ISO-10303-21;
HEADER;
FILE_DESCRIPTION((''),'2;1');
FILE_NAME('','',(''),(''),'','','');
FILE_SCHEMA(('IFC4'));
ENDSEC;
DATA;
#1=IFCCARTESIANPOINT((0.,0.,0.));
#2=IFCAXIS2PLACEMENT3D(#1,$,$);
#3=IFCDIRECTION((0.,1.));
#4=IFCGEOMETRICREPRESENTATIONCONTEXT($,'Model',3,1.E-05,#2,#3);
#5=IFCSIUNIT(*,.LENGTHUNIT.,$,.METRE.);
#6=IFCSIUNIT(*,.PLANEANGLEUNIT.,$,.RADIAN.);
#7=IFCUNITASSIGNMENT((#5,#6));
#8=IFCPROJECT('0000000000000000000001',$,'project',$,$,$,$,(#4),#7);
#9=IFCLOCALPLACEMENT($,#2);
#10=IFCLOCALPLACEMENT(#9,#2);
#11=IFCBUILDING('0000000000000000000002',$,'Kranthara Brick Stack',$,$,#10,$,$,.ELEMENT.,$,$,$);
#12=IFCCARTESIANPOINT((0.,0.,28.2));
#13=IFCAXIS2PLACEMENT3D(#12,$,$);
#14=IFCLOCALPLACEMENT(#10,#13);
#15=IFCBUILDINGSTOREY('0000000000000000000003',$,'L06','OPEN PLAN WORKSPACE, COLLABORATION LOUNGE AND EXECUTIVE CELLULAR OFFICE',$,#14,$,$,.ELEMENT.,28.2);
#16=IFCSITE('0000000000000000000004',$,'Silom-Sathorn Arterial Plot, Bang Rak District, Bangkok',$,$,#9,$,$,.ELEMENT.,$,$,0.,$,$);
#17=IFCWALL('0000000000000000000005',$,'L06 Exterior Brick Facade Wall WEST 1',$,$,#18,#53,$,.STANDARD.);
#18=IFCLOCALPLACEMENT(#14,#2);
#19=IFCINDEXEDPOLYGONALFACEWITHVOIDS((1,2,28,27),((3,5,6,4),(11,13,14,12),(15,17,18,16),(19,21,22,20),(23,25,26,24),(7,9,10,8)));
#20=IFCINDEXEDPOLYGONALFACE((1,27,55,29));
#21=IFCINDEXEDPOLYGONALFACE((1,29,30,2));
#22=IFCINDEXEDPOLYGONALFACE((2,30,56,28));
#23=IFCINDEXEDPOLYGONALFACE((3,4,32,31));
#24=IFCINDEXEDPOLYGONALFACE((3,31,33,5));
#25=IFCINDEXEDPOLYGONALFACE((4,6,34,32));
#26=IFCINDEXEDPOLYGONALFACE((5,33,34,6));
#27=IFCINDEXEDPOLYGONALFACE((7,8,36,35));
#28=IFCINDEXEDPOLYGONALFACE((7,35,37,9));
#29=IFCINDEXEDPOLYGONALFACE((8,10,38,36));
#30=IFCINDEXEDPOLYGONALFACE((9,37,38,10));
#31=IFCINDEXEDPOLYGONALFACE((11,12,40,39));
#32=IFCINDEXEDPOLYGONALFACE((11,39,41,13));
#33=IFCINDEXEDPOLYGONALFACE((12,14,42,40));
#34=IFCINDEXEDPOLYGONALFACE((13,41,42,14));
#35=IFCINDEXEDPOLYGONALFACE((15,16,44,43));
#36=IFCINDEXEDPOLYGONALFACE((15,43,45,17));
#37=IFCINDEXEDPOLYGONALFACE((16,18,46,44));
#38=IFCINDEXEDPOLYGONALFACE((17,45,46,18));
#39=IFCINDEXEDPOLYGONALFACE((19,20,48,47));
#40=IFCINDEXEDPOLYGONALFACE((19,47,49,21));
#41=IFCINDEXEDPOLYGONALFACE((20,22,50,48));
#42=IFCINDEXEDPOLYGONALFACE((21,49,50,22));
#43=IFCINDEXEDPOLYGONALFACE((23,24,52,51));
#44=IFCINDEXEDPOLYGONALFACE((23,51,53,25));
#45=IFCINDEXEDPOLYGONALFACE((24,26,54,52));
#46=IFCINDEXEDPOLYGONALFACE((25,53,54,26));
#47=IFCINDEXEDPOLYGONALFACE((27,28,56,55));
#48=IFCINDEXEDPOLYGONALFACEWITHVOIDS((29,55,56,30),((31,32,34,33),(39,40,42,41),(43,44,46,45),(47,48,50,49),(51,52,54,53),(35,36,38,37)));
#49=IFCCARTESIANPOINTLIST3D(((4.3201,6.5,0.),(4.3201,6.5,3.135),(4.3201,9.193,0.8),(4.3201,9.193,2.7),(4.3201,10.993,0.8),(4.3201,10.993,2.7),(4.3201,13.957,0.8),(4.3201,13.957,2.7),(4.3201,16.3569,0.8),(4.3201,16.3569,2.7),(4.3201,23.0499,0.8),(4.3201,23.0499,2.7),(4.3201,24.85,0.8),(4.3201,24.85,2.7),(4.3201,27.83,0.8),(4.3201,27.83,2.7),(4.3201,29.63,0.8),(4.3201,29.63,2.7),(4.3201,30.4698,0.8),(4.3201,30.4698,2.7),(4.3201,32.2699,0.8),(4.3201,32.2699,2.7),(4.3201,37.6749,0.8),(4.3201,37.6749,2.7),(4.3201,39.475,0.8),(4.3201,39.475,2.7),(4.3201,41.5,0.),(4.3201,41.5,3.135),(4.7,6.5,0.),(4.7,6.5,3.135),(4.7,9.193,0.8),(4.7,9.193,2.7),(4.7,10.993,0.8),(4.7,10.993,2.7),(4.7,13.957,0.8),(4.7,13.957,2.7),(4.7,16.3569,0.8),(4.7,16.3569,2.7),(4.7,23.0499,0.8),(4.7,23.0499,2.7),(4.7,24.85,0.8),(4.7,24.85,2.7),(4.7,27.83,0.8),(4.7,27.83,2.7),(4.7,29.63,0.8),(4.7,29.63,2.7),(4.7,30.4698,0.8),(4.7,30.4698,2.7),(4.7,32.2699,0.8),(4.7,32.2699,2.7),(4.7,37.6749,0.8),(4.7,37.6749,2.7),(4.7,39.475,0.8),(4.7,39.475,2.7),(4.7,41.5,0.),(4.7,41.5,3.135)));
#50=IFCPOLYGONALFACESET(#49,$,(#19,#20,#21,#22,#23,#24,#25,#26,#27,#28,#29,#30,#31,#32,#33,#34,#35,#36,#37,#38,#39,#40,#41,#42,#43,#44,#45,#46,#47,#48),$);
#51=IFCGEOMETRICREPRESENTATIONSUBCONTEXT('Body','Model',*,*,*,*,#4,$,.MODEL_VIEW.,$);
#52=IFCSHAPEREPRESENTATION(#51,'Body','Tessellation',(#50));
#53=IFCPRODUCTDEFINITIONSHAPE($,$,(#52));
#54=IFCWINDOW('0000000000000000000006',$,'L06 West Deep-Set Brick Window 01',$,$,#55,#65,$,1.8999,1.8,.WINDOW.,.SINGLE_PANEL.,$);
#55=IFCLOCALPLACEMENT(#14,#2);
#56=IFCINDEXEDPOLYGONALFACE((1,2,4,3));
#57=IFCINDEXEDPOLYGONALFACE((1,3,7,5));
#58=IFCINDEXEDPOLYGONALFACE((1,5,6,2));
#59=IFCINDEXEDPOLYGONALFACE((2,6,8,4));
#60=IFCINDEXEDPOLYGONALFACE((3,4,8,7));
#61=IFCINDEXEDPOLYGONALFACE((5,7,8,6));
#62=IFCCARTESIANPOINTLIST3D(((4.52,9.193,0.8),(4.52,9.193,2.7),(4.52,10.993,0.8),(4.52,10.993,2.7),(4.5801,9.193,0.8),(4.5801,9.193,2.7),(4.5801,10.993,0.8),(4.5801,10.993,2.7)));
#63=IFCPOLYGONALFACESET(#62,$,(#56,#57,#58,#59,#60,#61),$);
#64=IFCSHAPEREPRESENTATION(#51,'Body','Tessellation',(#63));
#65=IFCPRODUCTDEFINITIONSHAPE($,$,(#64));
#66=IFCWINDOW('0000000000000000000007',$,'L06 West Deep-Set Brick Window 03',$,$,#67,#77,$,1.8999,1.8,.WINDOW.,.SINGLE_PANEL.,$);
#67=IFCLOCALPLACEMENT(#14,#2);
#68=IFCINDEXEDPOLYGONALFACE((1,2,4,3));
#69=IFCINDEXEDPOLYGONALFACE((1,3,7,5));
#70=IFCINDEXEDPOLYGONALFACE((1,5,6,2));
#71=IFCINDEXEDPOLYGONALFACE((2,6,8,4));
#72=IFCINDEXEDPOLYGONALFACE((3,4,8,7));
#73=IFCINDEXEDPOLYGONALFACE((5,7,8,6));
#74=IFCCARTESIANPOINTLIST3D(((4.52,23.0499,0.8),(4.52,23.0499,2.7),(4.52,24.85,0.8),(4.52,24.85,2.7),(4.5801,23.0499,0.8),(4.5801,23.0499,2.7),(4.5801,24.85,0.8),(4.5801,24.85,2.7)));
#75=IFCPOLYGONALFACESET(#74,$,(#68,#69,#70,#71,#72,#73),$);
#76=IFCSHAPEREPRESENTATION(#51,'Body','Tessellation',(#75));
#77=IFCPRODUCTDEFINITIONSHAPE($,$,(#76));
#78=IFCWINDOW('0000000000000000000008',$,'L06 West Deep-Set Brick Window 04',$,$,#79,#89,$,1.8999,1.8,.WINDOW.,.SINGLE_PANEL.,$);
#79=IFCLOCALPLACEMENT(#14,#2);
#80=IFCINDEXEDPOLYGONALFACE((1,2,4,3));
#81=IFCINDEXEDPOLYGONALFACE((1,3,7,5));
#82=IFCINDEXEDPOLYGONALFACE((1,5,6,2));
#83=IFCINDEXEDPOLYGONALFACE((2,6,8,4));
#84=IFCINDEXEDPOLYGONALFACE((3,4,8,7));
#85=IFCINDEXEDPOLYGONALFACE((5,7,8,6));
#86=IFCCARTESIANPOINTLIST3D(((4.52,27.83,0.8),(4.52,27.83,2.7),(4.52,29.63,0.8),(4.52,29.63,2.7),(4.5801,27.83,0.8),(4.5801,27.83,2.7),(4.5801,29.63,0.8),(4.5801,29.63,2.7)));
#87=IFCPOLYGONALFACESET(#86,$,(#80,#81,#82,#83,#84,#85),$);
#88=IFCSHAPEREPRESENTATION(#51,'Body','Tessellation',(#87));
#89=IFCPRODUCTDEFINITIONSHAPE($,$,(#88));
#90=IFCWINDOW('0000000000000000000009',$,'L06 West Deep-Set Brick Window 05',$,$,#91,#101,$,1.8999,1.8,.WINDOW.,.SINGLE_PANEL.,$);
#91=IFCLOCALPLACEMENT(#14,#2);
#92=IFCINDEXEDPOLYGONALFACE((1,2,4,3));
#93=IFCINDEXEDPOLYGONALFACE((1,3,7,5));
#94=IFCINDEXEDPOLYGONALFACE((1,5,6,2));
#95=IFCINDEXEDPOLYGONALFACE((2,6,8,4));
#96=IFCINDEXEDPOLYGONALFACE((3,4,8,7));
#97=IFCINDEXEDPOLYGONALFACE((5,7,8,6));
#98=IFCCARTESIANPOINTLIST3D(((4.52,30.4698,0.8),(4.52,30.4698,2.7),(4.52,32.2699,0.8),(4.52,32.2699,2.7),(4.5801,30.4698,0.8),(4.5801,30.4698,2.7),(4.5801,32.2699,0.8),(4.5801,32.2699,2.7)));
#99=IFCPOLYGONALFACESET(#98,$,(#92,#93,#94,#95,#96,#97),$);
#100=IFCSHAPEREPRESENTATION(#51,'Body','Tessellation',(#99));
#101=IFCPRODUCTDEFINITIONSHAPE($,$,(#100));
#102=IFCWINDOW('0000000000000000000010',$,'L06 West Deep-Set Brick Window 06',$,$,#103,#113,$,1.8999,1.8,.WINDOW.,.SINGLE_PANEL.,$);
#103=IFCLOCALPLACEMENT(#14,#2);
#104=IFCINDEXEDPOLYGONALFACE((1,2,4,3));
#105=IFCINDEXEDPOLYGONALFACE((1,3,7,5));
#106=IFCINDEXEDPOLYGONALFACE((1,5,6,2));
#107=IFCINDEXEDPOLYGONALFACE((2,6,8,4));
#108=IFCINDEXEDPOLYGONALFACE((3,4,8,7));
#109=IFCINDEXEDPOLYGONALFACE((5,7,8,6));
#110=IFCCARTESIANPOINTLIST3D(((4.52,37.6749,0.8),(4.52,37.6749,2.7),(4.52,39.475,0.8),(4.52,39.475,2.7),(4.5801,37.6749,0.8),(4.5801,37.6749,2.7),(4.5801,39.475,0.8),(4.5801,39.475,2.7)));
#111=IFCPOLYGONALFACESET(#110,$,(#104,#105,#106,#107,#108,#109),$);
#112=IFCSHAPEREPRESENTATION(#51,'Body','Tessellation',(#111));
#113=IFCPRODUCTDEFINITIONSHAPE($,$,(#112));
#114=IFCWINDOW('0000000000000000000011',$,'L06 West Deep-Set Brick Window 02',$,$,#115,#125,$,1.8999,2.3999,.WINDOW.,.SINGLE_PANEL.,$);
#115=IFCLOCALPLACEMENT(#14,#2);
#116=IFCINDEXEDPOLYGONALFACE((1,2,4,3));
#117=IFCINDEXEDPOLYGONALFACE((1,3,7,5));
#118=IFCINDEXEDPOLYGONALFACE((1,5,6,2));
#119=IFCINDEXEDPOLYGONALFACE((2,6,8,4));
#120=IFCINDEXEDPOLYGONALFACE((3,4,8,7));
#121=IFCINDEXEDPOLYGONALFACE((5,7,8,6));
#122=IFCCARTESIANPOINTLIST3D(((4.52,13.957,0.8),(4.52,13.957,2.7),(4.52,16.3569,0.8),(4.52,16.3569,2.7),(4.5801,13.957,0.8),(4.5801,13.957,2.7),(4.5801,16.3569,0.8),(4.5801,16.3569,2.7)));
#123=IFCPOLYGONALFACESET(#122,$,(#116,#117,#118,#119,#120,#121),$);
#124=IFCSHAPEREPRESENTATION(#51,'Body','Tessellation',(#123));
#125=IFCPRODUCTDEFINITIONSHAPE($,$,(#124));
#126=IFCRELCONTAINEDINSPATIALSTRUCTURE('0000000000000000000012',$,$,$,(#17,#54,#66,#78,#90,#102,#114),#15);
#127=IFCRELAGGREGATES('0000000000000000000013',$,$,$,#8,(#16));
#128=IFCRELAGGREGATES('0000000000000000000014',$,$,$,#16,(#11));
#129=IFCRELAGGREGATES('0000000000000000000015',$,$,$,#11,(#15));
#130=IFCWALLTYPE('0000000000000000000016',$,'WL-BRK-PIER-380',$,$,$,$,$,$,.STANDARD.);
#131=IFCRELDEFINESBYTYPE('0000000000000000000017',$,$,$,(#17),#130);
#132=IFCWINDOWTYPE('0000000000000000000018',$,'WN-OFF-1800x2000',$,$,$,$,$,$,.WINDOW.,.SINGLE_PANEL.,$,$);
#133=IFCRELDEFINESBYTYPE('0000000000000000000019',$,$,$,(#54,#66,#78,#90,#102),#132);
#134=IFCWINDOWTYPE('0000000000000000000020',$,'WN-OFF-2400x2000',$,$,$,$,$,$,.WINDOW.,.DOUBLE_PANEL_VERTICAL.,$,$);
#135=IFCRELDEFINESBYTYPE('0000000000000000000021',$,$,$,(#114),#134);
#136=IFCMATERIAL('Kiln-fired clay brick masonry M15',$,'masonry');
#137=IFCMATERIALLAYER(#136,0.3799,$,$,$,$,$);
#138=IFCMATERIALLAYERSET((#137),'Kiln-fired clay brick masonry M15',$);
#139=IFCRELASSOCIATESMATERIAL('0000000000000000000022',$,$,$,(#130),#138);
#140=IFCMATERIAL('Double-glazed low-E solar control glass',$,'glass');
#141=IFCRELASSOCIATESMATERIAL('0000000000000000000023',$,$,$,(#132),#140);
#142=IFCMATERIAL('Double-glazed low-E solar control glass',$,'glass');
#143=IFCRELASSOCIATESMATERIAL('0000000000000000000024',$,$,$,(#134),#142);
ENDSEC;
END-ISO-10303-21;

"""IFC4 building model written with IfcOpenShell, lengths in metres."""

from ifc_helpers import new_model, si_unit, direction, frame, frame_2d, origin, place, context, subcontext, project, spatial, rectangle, extrude, material, layer, layer_set, type_object, element, fill, save


model = new_model("IFC4")

# Units and contexts
model_context = context("Model", 3, precision=1e-05, world=origin(), true_north=direction((0.0, 1.0)))
body_context = subcontext(model_context, "Body", "Model", "MODEL_VIEW")
ifc_project = project(units=[si_unit("LENGTHUNIT", "METRE"), si_unit("PLANEANGLEUNIT", "RADIAN")], contexts=[model_context])

# Site, building, storey
site_placement = place(None, origin())
site = spatial("IfcSite", under=ifc_project, at=site_placement, Name="Silom-Sathorn Arterial Plot, Bang Rak District, Bangkok", CompositionType="ELEMENT", RefElevation=0.0)
building_placement = place(site_placement, origin())
building = spatial("IfcBuilding", under=site, at=building_placement, Name="Kranthara Brick Stack", CompositionType="ELEMENT")
storey_placement = place(building_placement, frame((0.0, 0.0, 28.2)))
storey = spatial("IfcBuildingStorey", under=building, at=storey_placement, Name="L06", Description="OPEN PLAN WORKSPACE, COLLABORATION LOUNGE AND EXECUTIVE CELLULAR OFFICE", CompositionType="ELEMENT", Elevation=28.2)

# Wall, openings, windows
ifc_material_1 = material(Name="Kiln-fired clay brick masonry M15", Category="masonry")
ifc_layer_1 = layer(ifc_material_1, 0.3799)
ifc_layer_set_1 = layer_set([ifc_layer_1], Name="Kiln-fired clay brick masonry M15")
wall_type_1 = type_object("IfcWallType", Name="WL-BRK-PIER-380", PredefinedType="STANDARD", material=ifc_layer_set_1)
wall_1_placement = place(storey_placement, frame((4.51, 6.5, 0.0), z_axis=(0.0, 0.0, 1.0), x_axis=(0.0, 1.0, 0.0)))
wall_1 = element("IfcWall", 1, at=wall_1_placement, inside=storey, type_object=wall_type_1, Name="L06 Exterior Brick Facade Wall WEST 1", PredefinedType="STANDARD", context=body_context, shape_type="SweptSolid", body=[
    extrude(rectangle(XDim=35.0, YDim=0.3799, at=frame_2d((17.5, 0.0))), origin(), (0.0, 0.0, 1.0), 3.135),
])
opening_1_placement = place(wall_1_placement, frame((2.6931, 0.0, 0.8)))
opening_1 = element("IfcOpeningElement", 2, at=opening_1_placement, cuts=wall_1, PredefinedType="OPENING", context=body_context, shape_type="SweptSolid", body=[
    extrude(rectangle(XDim=1.8, YDim=1.8999, at=frame_2d((0.8999, 0.95))), frame((0.0, 0.2, 0.0), z_axis=(0.0, -1.0, 0.0), x_axis=(1.0, 0.0, 0.0)), (0.0, 0.0, 1.0), 0.3999),
])
opening_2_placement = place(wall_1_placement, frame((7.457, 0.0, 0.8)))
opening_2 = element("IfcOpeningElement", 3, at=opening_2_placement, cuts=wall_1, PredefinedType="OPENING", context=body_context, shape_type="SweptSolid", body=[
    extrude(rectangle(XDim=2.3999, YDim=1.8999, at=frame_2d((1.2, 0.95))), frame((0.0, 0.2, 0.0), z_axis=(0.0, -1.0, 0.0), x_axis=(1.0, 0.0, 0.0)), (0.0, 0.0, 1.0), 0.3999),
])
opening_3_placement = place(wall_1_placement, frame((16.55, 0.0, 0.8)))
opening_3 = element("IfcOpeningElement", 4, at=opening_3_placement, cuts=wall_1, PredefinedType="OPENING", context=body_context, shape_type="SweptSolid", body=[
    extrude(rectangle(XDim=1.8, YDim=1.8999, at=frame_2d((0.8999, 0.95))), frame((0.0, 0.2, 0.0), z_axis=(0.0, -1.0, 0.0), x_axis=(1.0, 0.0, 0.0)), (0.0, 0.0, 1.0), 0.3999),
])
opening_4_placement = place(wall_1_placement, frame((21.3301, 0.0, 0.8)))
opening_4 = element("IfcOpeningElement", 5, at=opening_4_placement, cuts=wall_1, PredefinedType="OPENING", context=body_context, shape_type="SweptSolid", body=[
    extrude(rectangle(XDim=1.8, YDim=1.8999, at=frame_2d((0.8999, 0.95))), frame((0.0, 0.2, 0.0), z_axis=(0.0, -1.0, 0.0), x_axis=(1.0, 0.0, 0.0)), (0.0, 0.0, 1.0), 0.3999),
])
opening_5_placement = place(wall_1_placement, frame((23.97, 0.0, 0.8)))
opening_5 = element("IfcOpeningElement", 6, at=opening_5_placement, cuts=wall_1, PredefinedType="OPENING", context=body_context, shape_type="SweptSolid", body=[
    extrude(rectangle(XDim=1.8, YDim=1.8999, at=frame_2d((0.8999, 0.95))), frame((0.0, 0.2, 0.0), z_axis=(0.0, -1.0, 0.0), x_axis=(1.0, 0.0, 0.0)), (0.0, 0.0, 1.0), 0.3999),
])
opening_6_placement = place(wall_1_placement, frame((31.175, 0.0, 0.8)))
opening_6 = element("IfcOpeningElement", 7, at=opening_6_placement, cuts=wall_1, PredefinedType="OPENING", context=body_context, shape_type="SweptSolid", body=[
    extrude(rectangle(XDim=1.8, YDim=1.8999, at=frame_2d((0.8999, 0.95))), frame((0.0, 0.2, 0.0), z_axis=(0.0, -1.0, 0.0), x_axis=(1.0, 0.0, 0.0)), (0.0, 0.0, 1.0), 0.3999),
])
ifc_material_2 = material(Name="Double-glazed low-E solar control glass", Category="glass")
window_type_1 = type_object("IfcWindowType", Name="WN-OFF-1800x2000", PartitioningType="SINGLE_PANEL", PredefinedType="WINDOW", material=ifc_material_2)
window_1_placement = place(opening_1_placement, origin())
window_1 = element("IfcWindow", 8, at=window_1_placement, inside=storey, type_object=window_type_1, Name="L06 West Deep-Set Brick Window 01", OverallHeight=1.8999, OverallWidth=1.8, PartitioningType="SINGLE_PANEL", PredefinedType="WINDOW", context=body_context, shape_type="SweptSolid", body=[
    extrude(rectangle(XDim=1.8, YDim=1.8999, at=frame_2d((0.8999, 0.95))), frame((0.0, -0.01, 0.0), z_axis=(0.0, -1.0, 0.0), x_axis=(1.0, 0.0, 0.0)), (0.0, 0.0, 1.0), 0.0601),
])
fill(opening_1, window_1)
window_2_placement = place(opening_3_placement, origin())
window_2 = element("IfcWindow", 9, at=window_2_placement, inside=storey, type_object=window_type_1, Name="L06 West Deep-Set Brick Window 03", OverallHeight=1.8999, OverallWidth=1.8, PartitioningType="SINGLE_PANEL", PredefinedType="WINDOW", context=body_context, shape_type="SweptSolid", body=[
    extrude(rectangle(XDim=1.8, YDim=1.8999, at=frame_2d((0.8999, 0.95))), frame((0.0, -0.01, 0.0), z_axis=(0.0, -1.0, 0.0), x_axis=(1.0, 0.0, 0.0)), (0.0, 0.0, 1.0), 0.0601),
])
fill(opening_3, window_2)
window_3_placement = place(opening_4_placement, origin())
window_3 = element("IfcWindow", 10, at=window_3_placement, inside=storey, type_object=window_type_1, Name="L06 West Deep-Set Brick Window 04", OverallHeight=1.8999, OverallWidth=1.8, PartitioningType="SINGLE_PANEL", PredefinedType="WINDOW", context=body_context, shape_type="SweptSolid", body=[
    extrude(rectangle(XDim=1.8, YDim=1.8999, at=frame_2d((0.8999, 0.95))), frame((0.0, -0.01, 0.0), z_axis=(0.0, -1.0, 0.0), x_axis=(1.0, 0.0, 0.0)), (0.0, 0.0, 1.0), 0.0601),
])
fill(opening_4, window_3)
window_4_placement = place(opening_5_placement, origin())
window_4 = element("IfcWindow", 11, at=window_4_placement, inside=storey, type_object=window_type_1, Name="L06 West Deep-Set Brick Window 05", OverallHeight=1.8999, OverallWidth=1.8, PartitioningType="SINGLE_PANEL", PredefinedType="WINDOW", context=body_context, shape_type="SweptSolid", body=[
    extrude(rectangle(XDim=1.8, YDim=1.8999, at=frame_2d((0.8999, 0.95))), frame((0.0, -0.01, 0.0), z_axis=(0.0, -1.0, 0.0), x_axis=(1.0, 0.0, 0.0)), (0.0, 0.0, 1.0), 0.0601),
])
fill(opening_5, window_4)
window_5_placement = place(opening_6_placement, origin())
window_5 = element("IfcWindow", 12, at=window_5_placement, inside=storey, type_object=window_type_1, Name="L06 West Deep-Set Brick Window 06", OverallHeight=1.8999, OverallWidth=1.8, PartitioningType="SINGLE_PANEL", PredefinedType="WINDOW", context=body_context, shape_type="SweptSolid", body=[
    extrude(rectangle(XDim=1.8, YDim=1.8999, at=frame_2d((0.8999, 0.95))), frame((0.0, -0.01, 0.0), z_axis=(0.0, -1.0, 0.0), x_axis=(1.0, 0.0, 0.0)), (0.0, 0.0, 1.0), 0.0601),
])
fill(opening_6, window_5)
ifc_material_3 = material(Name="Double-glazed low-E solar control glass", Category="glass")
window_type_2 = type_object("IfcWindowType", Name="WN-OFF-2400x2000", PartitioningType="DOUBLE_PANEL_VERTICAL", PredefinedType="WINDOW", material=ifc_material_3)
window_6_placement = place(opening_2_placement, origin())
window_6 = element("IfcWindow", 13, at=window_6_placement, inside=storey, type_object=window_type_2, Name="L06 West Deep-Set Brick Window 02", OverallHeight=1.8999, OverallWidth=2.3999, PartitioningType="SINGLE_PANEL", PredefinedType="WINDOW", context=body_context, shape_type="SweptSolid", body=[
    extrude(rectangle(XDim=2.3999, YDim=1.8999, at=frame_2d((1.2, 0.95))), frame((0.0, -0.01, 0.0), z_axis=(0.0, -1.0, 0.0), x_axis=(1.0, 0.0, 0.0)), (0.0, 0.0, 1.0), 0.0601),
])
fill(opening_2, window_6)

save(model, "model.ifc")
